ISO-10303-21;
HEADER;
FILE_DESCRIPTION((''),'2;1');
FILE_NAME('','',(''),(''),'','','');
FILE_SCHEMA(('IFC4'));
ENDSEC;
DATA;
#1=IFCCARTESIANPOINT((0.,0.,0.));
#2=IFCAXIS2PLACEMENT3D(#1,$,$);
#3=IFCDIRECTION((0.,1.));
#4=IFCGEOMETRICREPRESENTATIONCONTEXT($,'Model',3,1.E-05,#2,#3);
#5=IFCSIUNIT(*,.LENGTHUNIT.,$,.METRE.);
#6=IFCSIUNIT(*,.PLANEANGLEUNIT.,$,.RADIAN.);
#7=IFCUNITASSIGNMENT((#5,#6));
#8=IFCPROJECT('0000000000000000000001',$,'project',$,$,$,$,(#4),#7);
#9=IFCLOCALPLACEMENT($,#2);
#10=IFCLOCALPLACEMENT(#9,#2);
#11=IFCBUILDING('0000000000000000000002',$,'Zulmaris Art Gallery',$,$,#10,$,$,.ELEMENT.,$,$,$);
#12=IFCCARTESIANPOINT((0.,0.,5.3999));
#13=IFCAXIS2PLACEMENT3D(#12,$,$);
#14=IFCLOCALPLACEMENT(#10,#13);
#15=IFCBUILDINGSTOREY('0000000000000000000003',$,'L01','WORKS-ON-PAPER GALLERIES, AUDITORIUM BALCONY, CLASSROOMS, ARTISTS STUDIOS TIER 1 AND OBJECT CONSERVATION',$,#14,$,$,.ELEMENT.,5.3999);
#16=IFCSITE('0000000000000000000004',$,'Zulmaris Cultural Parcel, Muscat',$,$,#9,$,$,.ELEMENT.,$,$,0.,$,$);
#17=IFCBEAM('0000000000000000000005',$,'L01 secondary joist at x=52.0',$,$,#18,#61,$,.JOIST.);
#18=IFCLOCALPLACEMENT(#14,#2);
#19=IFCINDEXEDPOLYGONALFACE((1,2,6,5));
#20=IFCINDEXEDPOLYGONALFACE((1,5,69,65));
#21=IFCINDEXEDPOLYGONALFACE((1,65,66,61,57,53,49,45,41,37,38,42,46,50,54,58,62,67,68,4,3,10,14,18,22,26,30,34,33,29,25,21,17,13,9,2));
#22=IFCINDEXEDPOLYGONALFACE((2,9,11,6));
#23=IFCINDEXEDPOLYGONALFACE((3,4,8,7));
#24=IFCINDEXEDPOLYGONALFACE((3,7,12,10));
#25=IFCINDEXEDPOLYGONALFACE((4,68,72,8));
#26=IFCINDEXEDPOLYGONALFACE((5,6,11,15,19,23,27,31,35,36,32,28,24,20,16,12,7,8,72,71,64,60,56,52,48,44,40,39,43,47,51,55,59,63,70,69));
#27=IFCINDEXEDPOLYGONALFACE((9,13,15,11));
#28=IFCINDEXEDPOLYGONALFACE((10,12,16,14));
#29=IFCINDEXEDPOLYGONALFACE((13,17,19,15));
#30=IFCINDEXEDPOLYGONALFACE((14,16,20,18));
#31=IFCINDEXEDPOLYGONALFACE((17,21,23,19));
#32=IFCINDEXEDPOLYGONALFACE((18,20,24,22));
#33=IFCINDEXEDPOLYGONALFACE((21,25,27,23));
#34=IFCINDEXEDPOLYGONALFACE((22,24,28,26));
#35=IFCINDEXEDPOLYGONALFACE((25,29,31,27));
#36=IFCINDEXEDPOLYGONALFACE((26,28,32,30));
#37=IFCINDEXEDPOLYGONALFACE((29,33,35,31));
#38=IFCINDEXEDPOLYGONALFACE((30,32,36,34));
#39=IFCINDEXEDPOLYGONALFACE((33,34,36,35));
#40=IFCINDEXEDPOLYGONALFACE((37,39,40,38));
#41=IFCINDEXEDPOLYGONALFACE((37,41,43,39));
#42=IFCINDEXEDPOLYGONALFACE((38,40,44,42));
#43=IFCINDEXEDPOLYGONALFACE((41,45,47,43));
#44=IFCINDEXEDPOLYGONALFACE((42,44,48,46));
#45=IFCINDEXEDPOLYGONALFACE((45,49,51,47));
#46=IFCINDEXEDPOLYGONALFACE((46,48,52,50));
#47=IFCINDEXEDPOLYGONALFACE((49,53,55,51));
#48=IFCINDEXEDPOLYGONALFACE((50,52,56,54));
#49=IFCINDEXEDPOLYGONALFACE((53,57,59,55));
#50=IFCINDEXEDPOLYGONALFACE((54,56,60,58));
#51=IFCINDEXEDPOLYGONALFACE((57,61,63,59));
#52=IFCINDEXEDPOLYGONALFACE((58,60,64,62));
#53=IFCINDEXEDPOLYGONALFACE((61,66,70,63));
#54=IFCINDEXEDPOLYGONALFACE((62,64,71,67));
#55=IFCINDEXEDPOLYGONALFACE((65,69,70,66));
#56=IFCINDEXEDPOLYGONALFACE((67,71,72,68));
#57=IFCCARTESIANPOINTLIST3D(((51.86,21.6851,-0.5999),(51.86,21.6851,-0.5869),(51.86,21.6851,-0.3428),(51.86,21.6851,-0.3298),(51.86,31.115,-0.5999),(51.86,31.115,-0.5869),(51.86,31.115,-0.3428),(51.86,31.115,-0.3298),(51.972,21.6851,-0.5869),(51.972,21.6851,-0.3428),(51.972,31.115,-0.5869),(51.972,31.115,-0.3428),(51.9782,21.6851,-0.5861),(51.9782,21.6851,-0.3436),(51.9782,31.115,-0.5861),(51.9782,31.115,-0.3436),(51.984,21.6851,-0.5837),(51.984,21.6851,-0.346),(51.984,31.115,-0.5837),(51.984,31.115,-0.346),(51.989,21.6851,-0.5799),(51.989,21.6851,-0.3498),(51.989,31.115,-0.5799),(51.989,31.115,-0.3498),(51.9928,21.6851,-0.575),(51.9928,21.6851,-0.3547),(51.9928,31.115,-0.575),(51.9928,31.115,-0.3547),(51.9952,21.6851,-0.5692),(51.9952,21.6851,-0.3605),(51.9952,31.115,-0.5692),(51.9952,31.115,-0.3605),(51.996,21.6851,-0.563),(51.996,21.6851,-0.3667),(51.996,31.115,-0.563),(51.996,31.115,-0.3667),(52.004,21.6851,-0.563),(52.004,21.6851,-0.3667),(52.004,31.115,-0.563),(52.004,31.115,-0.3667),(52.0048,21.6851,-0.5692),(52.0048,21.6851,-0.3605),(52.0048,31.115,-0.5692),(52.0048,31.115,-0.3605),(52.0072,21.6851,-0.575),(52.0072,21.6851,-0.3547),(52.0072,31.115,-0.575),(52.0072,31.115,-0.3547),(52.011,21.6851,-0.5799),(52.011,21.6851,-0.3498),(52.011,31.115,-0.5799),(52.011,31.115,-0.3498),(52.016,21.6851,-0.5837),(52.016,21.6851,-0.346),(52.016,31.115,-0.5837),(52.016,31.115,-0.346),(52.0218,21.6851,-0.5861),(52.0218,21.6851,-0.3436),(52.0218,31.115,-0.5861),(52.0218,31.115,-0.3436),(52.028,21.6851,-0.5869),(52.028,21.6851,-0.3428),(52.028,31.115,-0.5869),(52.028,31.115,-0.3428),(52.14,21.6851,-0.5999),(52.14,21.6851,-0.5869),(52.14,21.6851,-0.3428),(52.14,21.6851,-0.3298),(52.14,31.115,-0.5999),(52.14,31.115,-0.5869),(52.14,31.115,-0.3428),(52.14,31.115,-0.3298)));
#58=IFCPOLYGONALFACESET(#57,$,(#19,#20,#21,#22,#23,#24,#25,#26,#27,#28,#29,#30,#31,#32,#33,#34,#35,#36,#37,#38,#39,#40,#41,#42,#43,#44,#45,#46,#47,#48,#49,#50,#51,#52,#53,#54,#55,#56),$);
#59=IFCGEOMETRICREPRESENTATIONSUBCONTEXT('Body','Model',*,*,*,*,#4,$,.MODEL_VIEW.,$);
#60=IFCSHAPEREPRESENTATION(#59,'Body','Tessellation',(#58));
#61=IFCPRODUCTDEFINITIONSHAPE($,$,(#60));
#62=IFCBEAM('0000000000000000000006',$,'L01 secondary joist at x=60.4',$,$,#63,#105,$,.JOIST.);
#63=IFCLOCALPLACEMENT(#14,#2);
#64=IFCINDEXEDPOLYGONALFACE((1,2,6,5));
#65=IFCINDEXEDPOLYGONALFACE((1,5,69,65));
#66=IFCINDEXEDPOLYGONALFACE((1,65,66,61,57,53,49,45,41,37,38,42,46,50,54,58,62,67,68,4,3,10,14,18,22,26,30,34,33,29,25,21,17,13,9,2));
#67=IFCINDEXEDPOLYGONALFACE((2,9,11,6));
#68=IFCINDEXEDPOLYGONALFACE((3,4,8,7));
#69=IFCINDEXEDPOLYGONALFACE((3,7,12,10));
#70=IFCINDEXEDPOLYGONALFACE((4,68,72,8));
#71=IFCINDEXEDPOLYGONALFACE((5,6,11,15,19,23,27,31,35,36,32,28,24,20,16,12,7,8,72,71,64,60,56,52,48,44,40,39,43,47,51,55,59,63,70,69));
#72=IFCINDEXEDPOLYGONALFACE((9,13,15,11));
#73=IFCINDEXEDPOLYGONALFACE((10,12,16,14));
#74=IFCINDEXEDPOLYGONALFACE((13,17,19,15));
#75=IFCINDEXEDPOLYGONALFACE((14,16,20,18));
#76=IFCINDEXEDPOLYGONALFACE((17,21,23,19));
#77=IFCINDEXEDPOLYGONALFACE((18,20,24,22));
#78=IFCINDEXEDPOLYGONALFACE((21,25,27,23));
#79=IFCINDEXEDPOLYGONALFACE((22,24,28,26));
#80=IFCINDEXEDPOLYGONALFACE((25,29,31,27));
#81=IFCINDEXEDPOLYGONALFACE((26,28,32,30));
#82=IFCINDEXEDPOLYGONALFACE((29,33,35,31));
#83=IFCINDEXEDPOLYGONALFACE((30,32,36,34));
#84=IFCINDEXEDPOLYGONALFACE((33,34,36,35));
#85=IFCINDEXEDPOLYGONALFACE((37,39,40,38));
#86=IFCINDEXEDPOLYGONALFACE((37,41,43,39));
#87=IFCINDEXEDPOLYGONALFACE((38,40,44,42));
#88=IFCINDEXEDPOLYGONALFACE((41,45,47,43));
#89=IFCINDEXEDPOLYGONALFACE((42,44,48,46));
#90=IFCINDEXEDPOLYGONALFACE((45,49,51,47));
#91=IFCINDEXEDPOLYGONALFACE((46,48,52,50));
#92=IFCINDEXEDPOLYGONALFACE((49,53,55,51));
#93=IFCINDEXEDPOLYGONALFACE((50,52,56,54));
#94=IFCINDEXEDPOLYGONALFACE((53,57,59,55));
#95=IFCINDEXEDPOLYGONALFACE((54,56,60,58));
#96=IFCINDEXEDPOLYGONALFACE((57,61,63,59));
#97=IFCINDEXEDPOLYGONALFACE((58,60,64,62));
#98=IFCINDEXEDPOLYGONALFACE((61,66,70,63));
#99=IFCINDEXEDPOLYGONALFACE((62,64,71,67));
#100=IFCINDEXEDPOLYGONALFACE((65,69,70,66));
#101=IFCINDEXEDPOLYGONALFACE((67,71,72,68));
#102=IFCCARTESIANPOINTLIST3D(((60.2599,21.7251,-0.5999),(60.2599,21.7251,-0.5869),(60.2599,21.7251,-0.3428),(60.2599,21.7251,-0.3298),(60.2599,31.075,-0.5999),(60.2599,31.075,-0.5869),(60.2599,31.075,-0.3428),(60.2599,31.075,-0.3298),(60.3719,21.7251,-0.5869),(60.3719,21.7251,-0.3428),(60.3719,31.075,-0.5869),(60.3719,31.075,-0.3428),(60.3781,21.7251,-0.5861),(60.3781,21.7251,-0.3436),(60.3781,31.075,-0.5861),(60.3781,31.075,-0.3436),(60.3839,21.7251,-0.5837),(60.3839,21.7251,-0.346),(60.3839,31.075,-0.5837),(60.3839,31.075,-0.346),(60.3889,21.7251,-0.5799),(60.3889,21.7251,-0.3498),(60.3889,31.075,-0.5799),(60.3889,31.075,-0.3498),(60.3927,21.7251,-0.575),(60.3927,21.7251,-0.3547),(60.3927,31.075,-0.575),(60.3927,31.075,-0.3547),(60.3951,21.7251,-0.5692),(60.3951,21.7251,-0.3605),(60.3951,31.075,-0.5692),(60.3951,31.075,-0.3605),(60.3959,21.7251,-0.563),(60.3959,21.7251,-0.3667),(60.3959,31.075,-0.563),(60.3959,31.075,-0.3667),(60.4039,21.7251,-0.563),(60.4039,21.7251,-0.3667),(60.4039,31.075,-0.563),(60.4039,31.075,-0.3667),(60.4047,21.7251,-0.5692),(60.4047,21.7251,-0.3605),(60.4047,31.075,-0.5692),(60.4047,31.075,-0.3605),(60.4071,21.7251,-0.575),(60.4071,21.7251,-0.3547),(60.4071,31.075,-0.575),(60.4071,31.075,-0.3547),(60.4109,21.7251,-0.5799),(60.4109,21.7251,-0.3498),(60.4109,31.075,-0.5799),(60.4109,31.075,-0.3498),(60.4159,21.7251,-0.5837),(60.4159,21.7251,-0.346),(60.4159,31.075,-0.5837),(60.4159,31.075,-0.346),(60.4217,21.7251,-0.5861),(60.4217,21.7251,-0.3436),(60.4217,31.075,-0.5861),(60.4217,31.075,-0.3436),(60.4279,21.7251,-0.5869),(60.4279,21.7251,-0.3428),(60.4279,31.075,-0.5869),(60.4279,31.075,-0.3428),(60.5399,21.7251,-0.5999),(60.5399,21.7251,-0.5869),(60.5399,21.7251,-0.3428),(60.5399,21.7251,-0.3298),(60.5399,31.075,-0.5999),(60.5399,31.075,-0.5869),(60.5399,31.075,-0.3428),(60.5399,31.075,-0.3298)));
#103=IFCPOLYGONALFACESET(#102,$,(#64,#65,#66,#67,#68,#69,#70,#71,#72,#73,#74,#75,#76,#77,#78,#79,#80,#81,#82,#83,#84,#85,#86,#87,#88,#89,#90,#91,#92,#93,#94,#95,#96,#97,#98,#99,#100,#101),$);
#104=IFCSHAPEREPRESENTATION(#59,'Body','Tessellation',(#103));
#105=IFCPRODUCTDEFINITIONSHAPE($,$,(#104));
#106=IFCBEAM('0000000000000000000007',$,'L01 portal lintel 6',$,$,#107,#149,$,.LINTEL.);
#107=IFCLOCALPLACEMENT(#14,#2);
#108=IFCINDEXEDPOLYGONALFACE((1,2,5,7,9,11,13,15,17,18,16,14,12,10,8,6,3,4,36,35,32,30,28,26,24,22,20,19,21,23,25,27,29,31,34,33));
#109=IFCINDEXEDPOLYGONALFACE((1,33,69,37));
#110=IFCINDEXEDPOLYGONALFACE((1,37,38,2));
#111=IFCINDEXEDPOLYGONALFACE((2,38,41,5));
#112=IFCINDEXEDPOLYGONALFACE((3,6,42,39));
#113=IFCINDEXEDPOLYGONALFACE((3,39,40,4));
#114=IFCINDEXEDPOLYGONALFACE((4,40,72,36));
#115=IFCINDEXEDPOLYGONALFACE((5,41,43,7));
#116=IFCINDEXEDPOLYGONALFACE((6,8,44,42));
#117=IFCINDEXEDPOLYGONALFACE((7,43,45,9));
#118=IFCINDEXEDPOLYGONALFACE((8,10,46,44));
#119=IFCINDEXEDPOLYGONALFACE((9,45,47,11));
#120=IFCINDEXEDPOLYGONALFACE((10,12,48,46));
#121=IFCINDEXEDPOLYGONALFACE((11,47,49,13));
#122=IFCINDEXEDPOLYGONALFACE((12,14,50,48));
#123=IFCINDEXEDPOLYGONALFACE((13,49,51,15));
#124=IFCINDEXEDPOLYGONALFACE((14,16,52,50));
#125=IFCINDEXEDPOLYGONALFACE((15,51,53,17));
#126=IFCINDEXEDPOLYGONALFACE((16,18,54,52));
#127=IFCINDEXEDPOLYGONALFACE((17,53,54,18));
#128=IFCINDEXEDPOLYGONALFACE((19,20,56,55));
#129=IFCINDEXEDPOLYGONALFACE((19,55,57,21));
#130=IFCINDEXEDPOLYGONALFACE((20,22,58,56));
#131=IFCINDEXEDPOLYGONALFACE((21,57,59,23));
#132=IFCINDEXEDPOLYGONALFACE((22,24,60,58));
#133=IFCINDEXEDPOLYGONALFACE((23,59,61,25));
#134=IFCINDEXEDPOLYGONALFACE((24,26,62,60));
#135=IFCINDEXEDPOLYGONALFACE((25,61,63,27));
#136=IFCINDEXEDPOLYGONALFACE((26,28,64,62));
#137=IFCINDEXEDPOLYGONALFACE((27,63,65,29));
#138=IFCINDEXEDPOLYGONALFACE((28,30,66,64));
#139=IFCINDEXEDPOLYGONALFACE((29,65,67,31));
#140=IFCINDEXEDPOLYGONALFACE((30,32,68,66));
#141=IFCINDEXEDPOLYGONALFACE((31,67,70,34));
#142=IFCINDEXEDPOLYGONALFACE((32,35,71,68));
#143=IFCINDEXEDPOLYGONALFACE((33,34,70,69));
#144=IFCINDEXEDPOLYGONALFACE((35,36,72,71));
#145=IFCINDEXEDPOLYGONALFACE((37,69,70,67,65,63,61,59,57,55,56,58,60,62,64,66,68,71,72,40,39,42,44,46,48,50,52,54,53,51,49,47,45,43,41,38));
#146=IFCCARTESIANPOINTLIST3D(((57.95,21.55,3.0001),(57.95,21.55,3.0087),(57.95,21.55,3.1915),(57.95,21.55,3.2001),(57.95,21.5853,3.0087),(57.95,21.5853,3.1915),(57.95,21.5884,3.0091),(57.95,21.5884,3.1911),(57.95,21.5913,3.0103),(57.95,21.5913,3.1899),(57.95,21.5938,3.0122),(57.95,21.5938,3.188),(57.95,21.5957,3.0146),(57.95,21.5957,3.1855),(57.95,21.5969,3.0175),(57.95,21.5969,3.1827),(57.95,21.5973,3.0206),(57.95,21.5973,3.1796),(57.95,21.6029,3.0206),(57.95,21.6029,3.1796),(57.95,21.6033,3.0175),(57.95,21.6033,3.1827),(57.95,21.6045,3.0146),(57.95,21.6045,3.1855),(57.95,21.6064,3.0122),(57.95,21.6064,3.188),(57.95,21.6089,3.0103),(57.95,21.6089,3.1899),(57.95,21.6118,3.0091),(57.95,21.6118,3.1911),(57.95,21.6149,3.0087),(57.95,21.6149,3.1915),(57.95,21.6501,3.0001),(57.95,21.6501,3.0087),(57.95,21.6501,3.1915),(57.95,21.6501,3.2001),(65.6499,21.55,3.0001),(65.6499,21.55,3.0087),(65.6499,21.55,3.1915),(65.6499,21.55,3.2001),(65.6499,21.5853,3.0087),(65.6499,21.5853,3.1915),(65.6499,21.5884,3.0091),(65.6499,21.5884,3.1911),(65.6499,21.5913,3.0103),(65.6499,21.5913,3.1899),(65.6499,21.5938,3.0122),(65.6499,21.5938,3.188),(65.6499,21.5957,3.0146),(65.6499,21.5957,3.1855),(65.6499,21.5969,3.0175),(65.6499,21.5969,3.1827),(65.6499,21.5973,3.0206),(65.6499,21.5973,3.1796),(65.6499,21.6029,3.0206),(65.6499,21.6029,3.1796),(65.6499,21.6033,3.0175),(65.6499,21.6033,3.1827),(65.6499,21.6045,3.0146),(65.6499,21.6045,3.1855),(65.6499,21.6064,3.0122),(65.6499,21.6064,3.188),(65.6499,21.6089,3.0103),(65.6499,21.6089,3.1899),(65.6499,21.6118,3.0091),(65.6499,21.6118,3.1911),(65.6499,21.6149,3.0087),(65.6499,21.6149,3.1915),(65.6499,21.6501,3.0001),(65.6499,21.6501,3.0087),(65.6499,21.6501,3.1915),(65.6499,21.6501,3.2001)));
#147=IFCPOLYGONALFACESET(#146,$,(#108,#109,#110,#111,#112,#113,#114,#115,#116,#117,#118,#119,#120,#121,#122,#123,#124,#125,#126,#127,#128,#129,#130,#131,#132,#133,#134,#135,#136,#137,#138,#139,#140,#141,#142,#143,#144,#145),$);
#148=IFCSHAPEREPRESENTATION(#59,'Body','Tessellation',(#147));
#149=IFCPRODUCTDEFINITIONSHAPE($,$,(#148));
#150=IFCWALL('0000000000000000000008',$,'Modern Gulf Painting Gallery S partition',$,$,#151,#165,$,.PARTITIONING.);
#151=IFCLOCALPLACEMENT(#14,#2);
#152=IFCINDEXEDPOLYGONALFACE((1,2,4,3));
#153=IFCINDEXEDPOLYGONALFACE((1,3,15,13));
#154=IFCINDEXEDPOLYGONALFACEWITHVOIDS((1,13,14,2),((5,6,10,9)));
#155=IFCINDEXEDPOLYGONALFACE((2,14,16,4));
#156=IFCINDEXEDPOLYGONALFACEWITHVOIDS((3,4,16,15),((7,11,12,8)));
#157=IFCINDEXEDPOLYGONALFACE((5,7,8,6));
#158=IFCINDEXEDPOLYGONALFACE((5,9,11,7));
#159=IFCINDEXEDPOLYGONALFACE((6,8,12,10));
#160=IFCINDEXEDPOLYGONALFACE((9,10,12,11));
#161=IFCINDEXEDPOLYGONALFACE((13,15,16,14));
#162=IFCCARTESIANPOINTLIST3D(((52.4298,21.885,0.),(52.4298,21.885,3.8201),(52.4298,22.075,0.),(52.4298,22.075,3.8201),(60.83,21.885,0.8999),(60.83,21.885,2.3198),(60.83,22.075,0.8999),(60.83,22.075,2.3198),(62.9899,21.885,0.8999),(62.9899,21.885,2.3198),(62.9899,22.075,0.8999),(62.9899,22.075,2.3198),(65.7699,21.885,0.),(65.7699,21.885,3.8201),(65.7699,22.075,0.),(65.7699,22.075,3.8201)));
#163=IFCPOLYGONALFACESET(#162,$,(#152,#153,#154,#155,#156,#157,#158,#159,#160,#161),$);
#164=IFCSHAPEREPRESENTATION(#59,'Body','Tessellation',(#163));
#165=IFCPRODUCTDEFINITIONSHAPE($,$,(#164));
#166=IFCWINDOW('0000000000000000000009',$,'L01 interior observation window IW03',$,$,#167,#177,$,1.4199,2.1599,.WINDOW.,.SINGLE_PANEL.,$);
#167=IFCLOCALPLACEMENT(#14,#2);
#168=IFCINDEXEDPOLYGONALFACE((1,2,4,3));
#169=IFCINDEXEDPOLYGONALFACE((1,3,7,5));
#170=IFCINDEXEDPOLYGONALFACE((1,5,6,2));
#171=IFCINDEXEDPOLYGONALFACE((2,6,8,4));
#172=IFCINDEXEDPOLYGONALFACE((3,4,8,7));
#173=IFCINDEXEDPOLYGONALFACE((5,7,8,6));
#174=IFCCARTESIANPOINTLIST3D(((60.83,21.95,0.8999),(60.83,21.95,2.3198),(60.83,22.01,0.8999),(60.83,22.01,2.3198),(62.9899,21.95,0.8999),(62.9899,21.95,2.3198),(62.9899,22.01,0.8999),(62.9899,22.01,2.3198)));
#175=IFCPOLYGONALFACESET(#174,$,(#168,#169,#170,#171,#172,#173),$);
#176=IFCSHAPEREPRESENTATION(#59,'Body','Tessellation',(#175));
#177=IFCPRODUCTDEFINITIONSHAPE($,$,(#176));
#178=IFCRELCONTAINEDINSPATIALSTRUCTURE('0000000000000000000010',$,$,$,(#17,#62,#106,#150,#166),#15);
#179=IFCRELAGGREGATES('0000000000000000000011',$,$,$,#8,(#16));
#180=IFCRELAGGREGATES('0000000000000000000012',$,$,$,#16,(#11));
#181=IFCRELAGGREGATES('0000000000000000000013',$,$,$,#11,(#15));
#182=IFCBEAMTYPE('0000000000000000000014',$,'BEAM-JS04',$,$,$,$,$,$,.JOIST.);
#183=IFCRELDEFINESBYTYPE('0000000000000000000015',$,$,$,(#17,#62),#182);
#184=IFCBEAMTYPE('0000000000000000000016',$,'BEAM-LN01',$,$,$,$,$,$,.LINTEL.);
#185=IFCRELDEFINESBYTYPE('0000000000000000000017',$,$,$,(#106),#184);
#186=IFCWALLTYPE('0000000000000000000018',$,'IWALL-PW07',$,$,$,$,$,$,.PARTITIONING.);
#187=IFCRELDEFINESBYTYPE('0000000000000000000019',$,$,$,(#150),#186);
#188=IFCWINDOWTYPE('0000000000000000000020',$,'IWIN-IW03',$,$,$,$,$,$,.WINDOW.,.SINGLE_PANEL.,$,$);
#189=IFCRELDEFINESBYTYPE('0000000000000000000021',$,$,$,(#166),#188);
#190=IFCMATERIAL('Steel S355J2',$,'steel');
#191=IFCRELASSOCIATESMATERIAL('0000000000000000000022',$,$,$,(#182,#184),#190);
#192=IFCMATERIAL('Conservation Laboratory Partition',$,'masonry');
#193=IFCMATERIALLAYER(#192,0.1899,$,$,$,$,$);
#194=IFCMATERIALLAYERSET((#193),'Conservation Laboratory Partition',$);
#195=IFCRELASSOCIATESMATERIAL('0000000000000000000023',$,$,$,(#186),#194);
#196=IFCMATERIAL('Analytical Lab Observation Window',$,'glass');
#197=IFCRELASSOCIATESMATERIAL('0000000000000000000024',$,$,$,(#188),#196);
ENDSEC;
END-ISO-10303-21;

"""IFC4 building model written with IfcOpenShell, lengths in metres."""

from ifc_helpers import new_model, si_unit, direction, frame, frame_2d, origin, origin_2d, place, context, subcontext, project, spatial, rectangle, i_section, extrude, material, layer, layer_set, material_profile, profile_set, type_object, element, fill, save


model = new_model("IFC4")

# Units and contexts
model_context = context("Model", 3, precision=1e-05, world=origin(), true_north=direction((0.0, 1.0)))
body_context = subcontext(model_context, "Body", "Model", "MODEL_VIEW")
ifc_project = project(units=[si_unit("LENGTHUNIT", "METRE"), si_unit("PLANEANGLEUNIT", "RADIAN")], contexts=[model_context])

# Site, building, storey
site_placement = place(None, origin())
site = spatial("IfcSite", under=ifc_project, at=site_placement, Name="Zulmaris Cultural Parcel, Muscat", CompositionType="ELEMENT", RefElevation=0.0)
building_placement = place(site_placement, origin())
building = spatial("IfcBuilding", under=site, at=building_placement, Name="Zulmaris Art Gallery", CompositionType="ELEMENT")
storey_placement = place(building_placement, frame((0.0, 0.0, 5.3999)))
storey = spatial("IfcBuildingStorey", under=building, at=storey_placement, Name="L01", Description="WORKS-ON-PAPER GALLERIES, AUDITORIUM BALCONY, CLASSROOMS, ARTISTS STUDIOS TIER 1 AND OBJECT CONSERVATION", CompositionType="ELEMENT", Elevation=5.3999)

# Beams
ifc_material_1 = material(Name="Steel S355J2", Category="steel")
ifc_material_profile_1 = material_profile(ifc_material_1, i_section(OverallWidth=0.28, OverallDepth=0.27, WebThickness=0.0081, FlangeThickness=0.0129, FilletRadius=0.0239, at=origin_2d()), Name="HEA 280")
ifc_profile_set_1 = profile_set([ifc_material_profile_1], Name="Steel S355J2")
beam_type_1 = type_object("IfcBeamType", Name="BEAM-JS04", PredefinedType="JOIST", material=ifc_profile_set_1)
beam_1_placement = place(storey_placement, frame((52.0, 21.6851, -0.4648), z_axis=(0.0, 1.0, 0.0), x_axis=(-1.0, 0.0, 0.0)))
element("IfcBeam", 1, at=beam_1_placement, inside=storey, type_object=beam_type_1, Name="L01 secondary joist at x=52.0", PredefinedType="JOIST", context=body_context, shape_type="SweptSolid", body=[
    extrude(i_section(OverallWidth=0.28, OverallDepth=0.27, WebThickness=0.0081, FlangeThickness=0.0129, FilletRadius=0.0239, at=origin_2d()), origin(), (0.0, 0.0, 1.0), 9.4299),
])
beam_2_placement = place(storey_placement, frame((60.3999, 21.7251, -0.4648), z_axis=(0.0, 1.0, 0.0), x_axis=(-1.0, 0.0, 0.0)))
element("IfcBeam", 2, at=beam_2_placement, inside=storey, type_object=beam_type_1, Name="L01 secondary joist at x=60.4", PredefinedType="JOIST", context=body_context, shape_type="SweptSolid", body=[
    extrude(i_section(OverallWidth=0.28, OverallDepth=0.27, WebThickness=0.0081, FlangeThickness=0.0129, FilletRadius=0.0239, at=origin_2d()), origin(), (0.0, 0.0, 1.0), 9.3499),
])
ifc_material_profile_2 = material_profile(ifc_material_1, i_section(OverallWidth=0.1001, OverallDepth=0.2, WebThickness=0.0056, FlangeThickness=0.0085, FilletRadius=0.012, at=origin_2d()), Name="IPE 200")
ifc_profile_set_2 = profile_set([ifc_material_profile_2], Name="Steel S355J2")
beam_type_2 = type_object("IfcBeamType", Name="BEAM-LN01", PredefinedType="LINTEL", material=ifc_profile_set_2)
beam_3_placement = place(storey_placement, frame((57.95, 21.6001, 3.1001), z_axis=(1.0, 0.0, 0.0), x_axis=(0.0, 1.0, 0.0)))
element("IfcBeam", 3, at=beam_3_placement, inside=storey, type_object=beam_type_2, Name="L01 portal lintel 6", PredefinedType="LINTEL", context=body_context, shape_type="SweptSolid", body=[
    extrude(i_section(OverallWidth=0.1001, OverallDepth=0.2, WebThickness=0.0056, FlangeThickness=0.0085, FilletRadius=0.012, at=origin_2d()), origin(), (0.0, 0.0, 1.0), 7.7),
])

# Wall, opening, window
ifc_material_2 = material(Name="Conservation Laboratory Partition", Category="masonry")
ifc_layer_1 = layer(ifc_material_2, 0.1899)
ifc_layer_set_1 = layer_set([ifc_layer_1], Name="Conservation Laboratory Partition")
wall_type_1 = type_object("IfcWallType", Name="IWALL-PW07", PredefinedType="PARTITIONING", material=ifc_layer_set_1)
wall_1_placement = place(storey_placement, frame((52.4299, 21.98, 0.0), z_axis=(0.0, 0.0, 1.0), x_axis=(1.0, 0.0, 0.0)))
wall_1 = element("IfcWall", 4, at=wall_1_placement, inside=storey, type_object=wall_type_1, Name="Modern Gulf Painting Gallery S partition", PredefinedType="PARTITIONING", context=body_context, shape_type="SweptSolid", body=[
    extrude(rectangle(XDim=13.3401, YDim=0.1899, at=frame_2d((6.6699, 0.0))), origin(), (0.0, 0.0, 1.0), 3.8201),
])
opening_1_placement = place(wall_1_placement, frame((8.3999, 0.0, 0.8999)))
opening_1 = element("IfcOpeningElement", 5, at=opening_1_placement, cuts=wall_1, PredefinedType="OPENING", context=body_context, shape_type="SweptSolid", body=[
    extrude(rectangle(XDim=2.1599, YDim=1.4199, at=frame_2d((1.0801, 0.71))), frame((0.0, 0.105, 0.0), z_axis=(0.0, -1.0, 0.0), x_axis=(1.0, 0.0, 0.0)), (0.0, 0.0, 1.0), 0.21),
])
ifc_material_3 = material(Name="Analytical Lab Observation Window", Category="glass")
window_type_1 = type_object("IfcWindowType", Name="IWIN-IW03", PartitioningType="SINGLE_PANEL", PredefinedType="WINDOW", material=ifc_material_3)
window_1_placement = place(opening_1_placement, origin())
window_1 = element("IfcWindow", 6, at=window_1_placement, inside=storey, type_object=window_type_1, Name="L01 interior observation window IW03", OverallHeight=1.4199, OverallWidth=2.1599, PartitioningType="SINGLE_PANEL", PredefinedType="WINDOW", context=body_context, shape_type="SweptSolid", body=[
    extrude(rectangle(XDim=2.1599, YDim=1.4199, at=frame_2d((1.0801, 0.71))), frame((0.0, 0.03, 0.0), z_axis=(0.0, -1.0, 0.0), x_axis=(1.0, 0.0, 0.0)), (0.0, 0.0, 1.0), 0.0601),
])
fill(opening_1, window_1)

save(model, "model.ifc")
